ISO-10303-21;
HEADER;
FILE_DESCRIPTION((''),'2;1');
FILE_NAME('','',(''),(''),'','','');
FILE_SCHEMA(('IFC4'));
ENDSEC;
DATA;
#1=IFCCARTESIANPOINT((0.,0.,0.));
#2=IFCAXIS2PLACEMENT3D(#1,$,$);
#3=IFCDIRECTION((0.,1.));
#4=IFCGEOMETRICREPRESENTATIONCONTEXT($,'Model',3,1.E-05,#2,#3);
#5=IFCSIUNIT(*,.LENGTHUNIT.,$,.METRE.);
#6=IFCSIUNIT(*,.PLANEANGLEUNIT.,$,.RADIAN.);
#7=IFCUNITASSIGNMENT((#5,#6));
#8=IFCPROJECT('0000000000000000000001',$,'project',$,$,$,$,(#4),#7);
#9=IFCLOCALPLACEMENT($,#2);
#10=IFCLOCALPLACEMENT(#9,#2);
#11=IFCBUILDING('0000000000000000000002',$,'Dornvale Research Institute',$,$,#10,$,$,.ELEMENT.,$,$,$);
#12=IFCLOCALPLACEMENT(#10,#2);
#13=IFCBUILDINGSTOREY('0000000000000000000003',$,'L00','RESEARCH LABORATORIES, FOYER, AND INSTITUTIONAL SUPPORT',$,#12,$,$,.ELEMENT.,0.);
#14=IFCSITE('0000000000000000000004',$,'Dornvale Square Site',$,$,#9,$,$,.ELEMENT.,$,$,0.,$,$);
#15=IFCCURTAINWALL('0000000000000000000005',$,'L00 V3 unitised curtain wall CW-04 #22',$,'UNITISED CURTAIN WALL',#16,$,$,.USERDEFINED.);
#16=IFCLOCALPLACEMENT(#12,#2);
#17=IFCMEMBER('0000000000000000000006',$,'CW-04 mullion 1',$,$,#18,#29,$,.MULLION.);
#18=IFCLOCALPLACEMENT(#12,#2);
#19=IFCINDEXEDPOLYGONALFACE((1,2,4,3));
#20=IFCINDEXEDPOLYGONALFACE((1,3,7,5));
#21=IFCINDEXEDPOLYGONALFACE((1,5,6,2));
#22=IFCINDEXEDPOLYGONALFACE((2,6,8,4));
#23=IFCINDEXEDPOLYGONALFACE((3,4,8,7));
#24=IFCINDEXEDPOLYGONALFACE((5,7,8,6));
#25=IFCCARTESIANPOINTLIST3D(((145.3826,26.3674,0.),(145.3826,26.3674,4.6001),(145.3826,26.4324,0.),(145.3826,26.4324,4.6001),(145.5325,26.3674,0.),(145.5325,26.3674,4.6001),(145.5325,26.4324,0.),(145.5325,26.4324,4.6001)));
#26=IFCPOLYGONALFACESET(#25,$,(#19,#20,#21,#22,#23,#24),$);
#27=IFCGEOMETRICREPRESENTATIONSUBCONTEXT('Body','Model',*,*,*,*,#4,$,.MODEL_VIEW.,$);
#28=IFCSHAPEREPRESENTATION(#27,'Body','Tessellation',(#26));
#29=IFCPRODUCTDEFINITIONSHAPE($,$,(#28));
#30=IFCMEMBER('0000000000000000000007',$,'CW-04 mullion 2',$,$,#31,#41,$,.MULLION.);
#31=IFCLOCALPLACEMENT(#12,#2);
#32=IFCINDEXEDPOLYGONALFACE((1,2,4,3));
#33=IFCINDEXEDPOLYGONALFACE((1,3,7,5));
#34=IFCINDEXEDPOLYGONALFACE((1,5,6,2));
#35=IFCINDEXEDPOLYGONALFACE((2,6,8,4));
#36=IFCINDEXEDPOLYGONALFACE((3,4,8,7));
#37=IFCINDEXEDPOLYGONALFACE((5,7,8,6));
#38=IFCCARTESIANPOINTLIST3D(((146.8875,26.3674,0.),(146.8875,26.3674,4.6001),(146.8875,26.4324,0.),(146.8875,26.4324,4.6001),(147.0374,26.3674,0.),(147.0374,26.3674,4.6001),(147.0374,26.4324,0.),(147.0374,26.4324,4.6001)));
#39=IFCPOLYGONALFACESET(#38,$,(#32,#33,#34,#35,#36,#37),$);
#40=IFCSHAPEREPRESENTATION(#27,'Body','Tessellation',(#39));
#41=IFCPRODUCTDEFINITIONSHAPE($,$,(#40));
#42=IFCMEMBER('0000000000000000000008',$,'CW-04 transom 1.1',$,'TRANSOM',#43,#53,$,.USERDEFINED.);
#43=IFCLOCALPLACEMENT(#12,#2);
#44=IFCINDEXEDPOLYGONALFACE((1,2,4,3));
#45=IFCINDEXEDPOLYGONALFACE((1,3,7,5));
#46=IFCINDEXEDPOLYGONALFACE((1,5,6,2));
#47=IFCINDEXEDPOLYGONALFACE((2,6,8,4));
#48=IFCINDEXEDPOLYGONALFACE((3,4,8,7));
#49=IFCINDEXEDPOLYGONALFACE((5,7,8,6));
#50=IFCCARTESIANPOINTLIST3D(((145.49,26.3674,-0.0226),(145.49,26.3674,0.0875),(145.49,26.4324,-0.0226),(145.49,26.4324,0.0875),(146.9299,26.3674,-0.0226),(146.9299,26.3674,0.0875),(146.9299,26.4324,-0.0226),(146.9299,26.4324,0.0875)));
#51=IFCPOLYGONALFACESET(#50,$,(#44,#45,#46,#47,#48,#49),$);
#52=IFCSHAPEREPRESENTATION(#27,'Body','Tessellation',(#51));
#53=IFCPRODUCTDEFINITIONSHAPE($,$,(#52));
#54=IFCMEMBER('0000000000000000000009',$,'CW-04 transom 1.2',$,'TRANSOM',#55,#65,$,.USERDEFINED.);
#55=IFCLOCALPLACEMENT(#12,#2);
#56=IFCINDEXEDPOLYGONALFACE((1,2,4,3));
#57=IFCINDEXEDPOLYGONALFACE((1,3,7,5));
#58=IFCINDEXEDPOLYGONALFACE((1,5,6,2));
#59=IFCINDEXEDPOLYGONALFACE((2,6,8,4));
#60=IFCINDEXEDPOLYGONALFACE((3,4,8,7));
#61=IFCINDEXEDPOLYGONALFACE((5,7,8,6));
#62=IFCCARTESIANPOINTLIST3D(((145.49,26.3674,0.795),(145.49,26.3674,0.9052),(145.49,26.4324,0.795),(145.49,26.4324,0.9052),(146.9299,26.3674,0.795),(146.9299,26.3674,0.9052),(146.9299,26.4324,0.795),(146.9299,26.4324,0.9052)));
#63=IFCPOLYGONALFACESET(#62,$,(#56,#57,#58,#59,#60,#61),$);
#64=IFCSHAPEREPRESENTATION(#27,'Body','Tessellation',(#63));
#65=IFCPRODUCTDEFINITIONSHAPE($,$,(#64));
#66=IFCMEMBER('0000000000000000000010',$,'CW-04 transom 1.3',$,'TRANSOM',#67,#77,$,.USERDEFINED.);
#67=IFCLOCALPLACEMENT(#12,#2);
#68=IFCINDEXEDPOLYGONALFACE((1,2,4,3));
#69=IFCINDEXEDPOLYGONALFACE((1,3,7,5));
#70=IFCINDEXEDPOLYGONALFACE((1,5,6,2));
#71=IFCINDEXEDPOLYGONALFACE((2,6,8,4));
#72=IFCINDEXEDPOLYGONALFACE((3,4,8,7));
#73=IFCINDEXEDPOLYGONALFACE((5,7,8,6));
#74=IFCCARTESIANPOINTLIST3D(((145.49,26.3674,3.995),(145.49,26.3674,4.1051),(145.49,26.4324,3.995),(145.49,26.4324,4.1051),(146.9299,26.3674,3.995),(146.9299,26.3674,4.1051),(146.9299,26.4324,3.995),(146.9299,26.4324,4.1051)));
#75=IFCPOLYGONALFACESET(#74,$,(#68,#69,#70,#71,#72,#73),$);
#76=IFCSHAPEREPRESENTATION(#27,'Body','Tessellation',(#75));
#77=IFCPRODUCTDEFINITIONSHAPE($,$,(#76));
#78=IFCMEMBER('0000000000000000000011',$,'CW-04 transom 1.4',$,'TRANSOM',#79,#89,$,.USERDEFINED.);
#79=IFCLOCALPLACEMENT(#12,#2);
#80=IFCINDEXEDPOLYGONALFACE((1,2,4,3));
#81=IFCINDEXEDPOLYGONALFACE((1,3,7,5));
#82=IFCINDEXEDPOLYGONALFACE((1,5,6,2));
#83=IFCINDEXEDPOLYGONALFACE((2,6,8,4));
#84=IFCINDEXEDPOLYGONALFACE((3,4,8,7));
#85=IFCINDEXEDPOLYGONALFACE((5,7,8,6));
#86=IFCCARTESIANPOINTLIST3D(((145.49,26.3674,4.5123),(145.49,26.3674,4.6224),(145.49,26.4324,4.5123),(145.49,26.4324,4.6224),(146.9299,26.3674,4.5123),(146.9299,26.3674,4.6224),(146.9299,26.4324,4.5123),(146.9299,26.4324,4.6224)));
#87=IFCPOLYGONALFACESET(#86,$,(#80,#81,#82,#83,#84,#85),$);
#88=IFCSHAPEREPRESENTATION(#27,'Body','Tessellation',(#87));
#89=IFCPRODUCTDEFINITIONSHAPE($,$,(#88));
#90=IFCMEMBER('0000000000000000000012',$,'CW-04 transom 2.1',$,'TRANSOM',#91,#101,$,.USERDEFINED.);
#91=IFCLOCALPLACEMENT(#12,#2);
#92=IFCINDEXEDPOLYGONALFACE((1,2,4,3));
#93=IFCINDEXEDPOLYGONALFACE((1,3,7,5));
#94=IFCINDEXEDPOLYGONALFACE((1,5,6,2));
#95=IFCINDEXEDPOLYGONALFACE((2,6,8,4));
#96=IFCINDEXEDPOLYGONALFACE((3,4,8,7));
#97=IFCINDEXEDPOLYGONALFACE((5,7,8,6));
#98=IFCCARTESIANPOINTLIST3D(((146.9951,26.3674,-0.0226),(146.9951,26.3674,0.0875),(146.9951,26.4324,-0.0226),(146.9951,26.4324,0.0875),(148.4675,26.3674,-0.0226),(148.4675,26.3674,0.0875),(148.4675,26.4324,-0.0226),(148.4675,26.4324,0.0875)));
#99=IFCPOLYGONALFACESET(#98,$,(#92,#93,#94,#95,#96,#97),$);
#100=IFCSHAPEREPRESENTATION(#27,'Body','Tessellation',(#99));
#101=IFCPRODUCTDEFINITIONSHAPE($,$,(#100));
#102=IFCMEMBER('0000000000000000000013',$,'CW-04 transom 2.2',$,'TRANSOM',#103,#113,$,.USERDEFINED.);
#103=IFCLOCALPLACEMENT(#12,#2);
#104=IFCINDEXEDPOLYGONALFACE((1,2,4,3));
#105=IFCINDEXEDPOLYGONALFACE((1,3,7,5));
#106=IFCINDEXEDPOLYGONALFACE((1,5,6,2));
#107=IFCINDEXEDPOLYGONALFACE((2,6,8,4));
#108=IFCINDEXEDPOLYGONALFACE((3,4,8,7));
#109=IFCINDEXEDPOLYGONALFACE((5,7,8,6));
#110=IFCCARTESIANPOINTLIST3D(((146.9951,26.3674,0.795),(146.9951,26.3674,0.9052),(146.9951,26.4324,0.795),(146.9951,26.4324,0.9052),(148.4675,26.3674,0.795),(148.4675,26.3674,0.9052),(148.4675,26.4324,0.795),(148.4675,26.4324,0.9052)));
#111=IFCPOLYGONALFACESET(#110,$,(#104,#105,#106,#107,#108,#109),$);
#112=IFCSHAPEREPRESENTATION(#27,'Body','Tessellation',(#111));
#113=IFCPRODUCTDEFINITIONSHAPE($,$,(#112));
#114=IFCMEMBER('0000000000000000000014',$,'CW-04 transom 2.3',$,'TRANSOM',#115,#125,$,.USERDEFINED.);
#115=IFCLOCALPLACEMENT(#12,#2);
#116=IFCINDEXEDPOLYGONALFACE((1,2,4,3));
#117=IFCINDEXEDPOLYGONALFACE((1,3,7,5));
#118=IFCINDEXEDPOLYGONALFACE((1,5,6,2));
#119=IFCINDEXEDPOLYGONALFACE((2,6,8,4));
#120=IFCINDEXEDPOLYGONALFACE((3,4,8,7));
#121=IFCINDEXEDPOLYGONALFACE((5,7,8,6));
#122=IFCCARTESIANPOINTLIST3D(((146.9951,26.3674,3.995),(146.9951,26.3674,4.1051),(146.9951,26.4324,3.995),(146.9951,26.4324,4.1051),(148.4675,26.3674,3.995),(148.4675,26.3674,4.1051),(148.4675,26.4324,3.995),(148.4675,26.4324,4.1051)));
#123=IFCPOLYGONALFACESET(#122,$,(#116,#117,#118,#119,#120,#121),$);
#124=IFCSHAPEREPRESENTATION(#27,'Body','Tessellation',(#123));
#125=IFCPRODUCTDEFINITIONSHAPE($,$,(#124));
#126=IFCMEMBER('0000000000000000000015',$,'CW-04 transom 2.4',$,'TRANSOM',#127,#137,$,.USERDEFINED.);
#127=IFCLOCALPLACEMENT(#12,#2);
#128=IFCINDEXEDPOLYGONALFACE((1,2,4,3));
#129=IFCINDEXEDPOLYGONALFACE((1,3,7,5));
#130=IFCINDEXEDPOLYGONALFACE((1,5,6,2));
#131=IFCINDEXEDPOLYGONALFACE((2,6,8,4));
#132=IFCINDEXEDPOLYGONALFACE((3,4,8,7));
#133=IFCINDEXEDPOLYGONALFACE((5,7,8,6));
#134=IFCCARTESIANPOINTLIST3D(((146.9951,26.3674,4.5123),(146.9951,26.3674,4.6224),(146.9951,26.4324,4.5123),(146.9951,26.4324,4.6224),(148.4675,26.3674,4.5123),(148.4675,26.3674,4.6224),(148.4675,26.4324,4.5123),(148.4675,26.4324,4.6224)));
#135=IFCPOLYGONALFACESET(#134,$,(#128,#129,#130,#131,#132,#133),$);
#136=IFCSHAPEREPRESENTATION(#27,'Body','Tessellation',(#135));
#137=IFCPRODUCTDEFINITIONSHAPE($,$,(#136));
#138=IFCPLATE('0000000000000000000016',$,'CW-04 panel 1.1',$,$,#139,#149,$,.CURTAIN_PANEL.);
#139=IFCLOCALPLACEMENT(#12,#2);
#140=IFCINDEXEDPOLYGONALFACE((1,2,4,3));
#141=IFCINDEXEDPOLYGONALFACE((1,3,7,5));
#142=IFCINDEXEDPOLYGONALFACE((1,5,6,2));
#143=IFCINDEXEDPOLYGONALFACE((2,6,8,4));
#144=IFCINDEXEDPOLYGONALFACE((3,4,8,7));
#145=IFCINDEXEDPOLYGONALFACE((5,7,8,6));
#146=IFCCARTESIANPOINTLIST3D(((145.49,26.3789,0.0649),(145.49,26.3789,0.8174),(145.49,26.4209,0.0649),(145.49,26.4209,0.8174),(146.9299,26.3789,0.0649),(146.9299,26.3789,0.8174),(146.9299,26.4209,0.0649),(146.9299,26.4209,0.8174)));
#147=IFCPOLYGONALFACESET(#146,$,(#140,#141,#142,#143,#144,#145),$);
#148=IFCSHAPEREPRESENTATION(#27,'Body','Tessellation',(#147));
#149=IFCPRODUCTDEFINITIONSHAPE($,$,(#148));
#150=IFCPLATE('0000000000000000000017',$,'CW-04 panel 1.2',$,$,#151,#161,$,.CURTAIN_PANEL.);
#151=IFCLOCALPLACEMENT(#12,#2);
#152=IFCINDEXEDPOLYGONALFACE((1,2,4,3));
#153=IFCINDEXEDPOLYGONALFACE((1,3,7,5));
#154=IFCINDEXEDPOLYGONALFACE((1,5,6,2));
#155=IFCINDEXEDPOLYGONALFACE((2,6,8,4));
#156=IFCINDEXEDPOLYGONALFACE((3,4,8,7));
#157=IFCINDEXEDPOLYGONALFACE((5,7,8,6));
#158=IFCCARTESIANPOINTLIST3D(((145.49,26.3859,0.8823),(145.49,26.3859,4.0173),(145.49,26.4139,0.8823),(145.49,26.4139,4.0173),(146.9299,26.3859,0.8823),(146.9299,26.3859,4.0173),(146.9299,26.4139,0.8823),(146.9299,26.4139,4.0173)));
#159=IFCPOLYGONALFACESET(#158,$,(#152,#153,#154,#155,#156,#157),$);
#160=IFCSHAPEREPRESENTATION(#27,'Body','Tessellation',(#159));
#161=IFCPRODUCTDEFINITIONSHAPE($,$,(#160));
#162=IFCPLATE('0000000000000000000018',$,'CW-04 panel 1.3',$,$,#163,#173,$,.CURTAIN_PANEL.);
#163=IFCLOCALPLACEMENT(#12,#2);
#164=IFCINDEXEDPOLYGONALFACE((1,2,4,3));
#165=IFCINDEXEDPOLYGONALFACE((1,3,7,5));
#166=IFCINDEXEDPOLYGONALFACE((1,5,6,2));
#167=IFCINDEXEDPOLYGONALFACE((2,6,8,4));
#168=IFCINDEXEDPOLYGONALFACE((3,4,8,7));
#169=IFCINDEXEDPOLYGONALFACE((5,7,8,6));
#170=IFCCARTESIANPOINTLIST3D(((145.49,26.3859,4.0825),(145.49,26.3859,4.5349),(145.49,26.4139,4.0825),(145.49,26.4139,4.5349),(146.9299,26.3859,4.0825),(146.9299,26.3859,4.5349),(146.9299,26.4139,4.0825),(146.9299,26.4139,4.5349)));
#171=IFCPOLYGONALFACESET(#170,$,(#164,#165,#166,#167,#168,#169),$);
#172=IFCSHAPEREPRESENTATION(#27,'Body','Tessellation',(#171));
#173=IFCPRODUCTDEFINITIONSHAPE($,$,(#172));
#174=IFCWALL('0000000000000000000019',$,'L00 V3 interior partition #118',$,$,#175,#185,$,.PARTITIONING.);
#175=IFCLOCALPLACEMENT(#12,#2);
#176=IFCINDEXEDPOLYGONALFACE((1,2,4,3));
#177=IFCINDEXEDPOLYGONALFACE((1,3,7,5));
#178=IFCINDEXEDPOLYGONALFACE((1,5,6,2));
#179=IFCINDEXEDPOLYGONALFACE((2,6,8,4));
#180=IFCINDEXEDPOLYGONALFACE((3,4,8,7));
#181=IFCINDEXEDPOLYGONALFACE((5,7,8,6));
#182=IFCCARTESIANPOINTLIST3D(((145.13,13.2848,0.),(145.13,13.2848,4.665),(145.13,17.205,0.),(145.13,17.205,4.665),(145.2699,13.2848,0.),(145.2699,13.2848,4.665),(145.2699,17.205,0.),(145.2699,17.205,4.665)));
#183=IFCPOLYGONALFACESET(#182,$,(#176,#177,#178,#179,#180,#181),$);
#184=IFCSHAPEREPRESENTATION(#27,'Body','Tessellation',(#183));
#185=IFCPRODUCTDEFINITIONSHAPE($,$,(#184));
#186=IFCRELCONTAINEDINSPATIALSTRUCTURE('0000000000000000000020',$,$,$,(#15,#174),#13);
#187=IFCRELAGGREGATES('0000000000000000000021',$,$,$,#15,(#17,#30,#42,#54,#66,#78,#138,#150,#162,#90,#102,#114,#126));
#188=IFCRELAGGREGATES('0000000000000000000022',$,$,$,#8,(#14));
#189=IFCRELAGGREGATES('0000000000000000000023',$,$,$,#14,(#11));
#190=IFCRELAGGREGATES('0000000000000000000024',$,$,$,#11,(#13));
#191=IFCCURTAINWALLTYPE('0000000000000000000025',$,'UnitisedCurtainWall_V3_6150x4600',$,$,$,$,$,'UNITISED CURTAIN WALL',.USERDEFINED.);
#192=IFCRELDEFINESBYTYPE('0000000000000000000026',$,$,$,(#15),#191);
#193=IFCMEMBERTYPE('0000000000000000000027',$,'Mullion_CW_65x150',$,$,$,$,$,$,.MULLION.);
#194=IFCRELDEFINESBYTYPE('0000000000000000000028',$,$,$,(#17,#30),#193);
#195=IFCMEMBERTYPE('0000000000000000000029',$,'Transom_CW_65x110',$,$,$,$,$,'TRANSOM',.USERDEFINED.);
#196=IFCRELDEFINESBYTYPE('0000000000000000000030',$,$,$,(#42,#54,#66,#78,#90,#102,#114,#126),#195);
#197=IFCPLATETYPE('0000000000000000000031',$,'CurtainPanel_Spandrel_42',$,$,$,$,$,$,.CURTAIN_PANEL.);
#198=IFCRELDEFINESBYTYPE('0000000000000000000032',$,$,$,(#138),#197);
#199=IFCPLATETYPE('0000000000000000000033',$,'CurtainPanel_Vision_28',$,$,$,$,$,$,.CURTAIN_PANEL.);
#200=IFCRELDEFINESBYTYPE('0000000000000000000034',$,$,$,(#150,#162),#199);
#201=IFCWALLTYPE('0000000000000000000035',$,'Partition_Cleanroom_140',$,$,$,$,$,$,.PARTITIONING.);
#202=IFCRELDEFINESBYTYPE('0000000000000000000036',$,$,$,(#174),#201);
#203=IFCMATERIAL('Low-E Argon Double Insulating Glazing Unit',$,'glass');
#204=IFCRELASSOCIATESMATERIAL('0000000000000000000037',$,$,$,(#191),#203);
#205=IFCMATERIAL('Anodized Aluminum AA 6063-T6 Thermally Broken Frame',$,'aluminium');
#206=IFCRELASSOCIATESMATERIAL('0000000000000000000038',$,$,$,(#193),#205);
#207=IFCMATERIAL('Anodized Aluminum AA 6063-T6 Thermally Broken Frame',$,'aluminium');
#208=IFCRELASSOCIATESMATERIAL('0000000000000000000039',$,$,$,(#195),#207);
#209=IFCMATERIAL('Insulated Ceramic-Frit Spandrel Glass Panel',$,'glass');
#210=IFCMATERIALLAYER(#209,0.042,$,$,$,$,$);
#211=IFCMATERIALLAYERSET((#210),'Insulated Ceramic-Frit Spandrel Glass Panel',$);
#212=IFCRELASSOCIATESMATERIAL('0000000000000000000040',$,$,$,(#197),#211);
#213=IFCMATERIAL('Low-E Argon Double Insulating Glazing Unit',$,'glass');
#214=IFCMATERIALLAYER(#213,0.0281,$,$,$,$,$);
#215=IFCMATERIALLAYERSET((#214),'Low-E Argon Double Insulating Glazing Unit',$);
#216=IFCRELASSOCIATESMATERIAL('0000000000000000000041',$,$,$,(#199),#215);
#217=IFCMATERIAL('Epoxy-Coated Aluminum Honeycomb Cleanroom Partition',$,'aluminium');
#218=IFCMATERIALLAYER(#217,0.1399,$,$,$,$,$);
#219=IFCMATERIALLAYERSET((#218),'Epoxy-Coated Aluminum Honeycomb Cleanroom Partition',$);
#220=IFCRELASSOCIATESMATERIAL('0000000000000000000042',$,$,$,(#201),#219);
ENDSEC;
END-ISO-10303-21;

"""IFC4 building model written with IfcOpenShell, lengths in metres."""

from ifc_helpers import new_model, si_unit, direction, frame, frame_2d, origin, origin_2d, place, context, subcontext, project, spatial, rectangle, extrude, material, layer, layer_set, material_profile, profile_set, type_object, element, aggregate, save


model = new_model("IFC4")

# Units and contexts
model_context = context("Model", 3, precision=1e-05, world=origin(), true_north=direction((0.0, 1.0)))
body_context = subcontext(model_context, "Body", "Model", "MODEL_VIEW")
ifc_project = project(units=[si_unit("LENGTHUNIT", "METRE"), si_unit("PLANEANGLEUNIT", "RADIAN")], contexts=[model_context])

# Site, building, storey
site_placement = place(None, origin())
site = spatial("IfcSite", under=ifc_project, at=site_placement, Name="Dornvale Square Site", CompositionType="ELEMENT", RefElevation=0.0)
building_placement = place(site_placement, origin())
building = spatial("IfcBuilding", under=site, at=building_placement, Name="Dornvale Research Institute", CompositionType="ELEMENT")
storey_placement = place(building_placement, origin())
storey = spatial("IfcBuildingStorey", under=building, at=storey_placement, Name="L00", Description="RESEARCH LABORATORIES, FOYER, AND INSTITUTIONAL SUPPORT", CompositionType="ELEMENT", Elevation=0.0)

# Shared definitions
ifc_material_1 = material(Name="Low-E Argon Double Insulating Glazing Unit", Category="glass")
curtain_wall_type = type_object("IfcCurtainWallType", Name="UnitisedCurtainWall_V3_6150x4600", ElementType="UNITISED CURTAIN WALL", PredefinedType="USERDEFINED", material=ifc_material_1)
ifc_material_2 = material(Name="Anodized Aluminum AA 6063-T6 Thermally Broken Frame", Category="aluminium")
ifc_material_profile_1 = material_profile(ifc_material_2, rectangle(XDim=0.0649, YDim=0.1499, at=origin_2d()), Name="ALU MULLION 65x150")
ifc_profile_set_1 = profile_set([ifc_material_profile_1], Name="Anodized Aluminum AA 6063-T6 Thermally Broken Frame")
member_type_1 = type_object("IfcMemberType", Name="Mullion_CW_65x150", PredefinedType="MULLION", material=ifc_profile_set_1)

# Curtain wall, members, plates
curtain_wall_1_placement = place(storey_placement, origin())
curtain_wall_1 = element("IfcCurtainWall", 1, at=curtain_wall_1_placement, inside=storey, type_object=curtain_wall_type, Name="L00 V3 unitised curtain wall CW-04 #22", ObjectType="UNITISED CURTAIN WALL", PredefinedType="USERDEFINED")
member_1_placement = place(storey_placement, frame((145.4575, 26.3999, 0.0), z_axis=(0.0, 0.0, 1.0), x_axis=(0.0, 1.0, 0.0)))
member_1 = element("IfcMember", 2, at=member_1_placement, type_object=member_type_1, Name="CW-04 mullion 1", PredefinedType="MULLION", context=body_context, shape_type="SweptSolid", body=[
    extrude(rectangle(XDim=0.0649, YDim=0.1499, at=origin_2d()), origin(), (0.0, 0.0, 1.0), 4.6001),
])
member_2_placement = place(storey_placement, frame((146.9624, 26.3999, 0.0), z_axis=(0.0, 0.0, 1.0), x_axis=(0.0, 1.0, 0.0)))
member_2 = element("IfcMember", 3, at=member_2_placement, type_object=member_type_1, Name="CW-04 mullion 2", PredefinedType="MULLION", context=body_context, shape_type="SweptSolid", body=[
    extrude(rectangle(XDim=0.0649, YDim=0.1499, at=origin_2d()), origin(), (0.0, 0.0, 1.0), 4.6001),
])
ifc_material_3 = material(Name="Anodized Aluminum AA 6063-T6 Thermally Broken Frame", Category="aluminium")
ifc_material_profile_2 = material_profile(ifc_material_3, rectangle(XDim=0.0649, YDim=0.1101, at=origin_2d()), Name="ALU TRANSOM 65x110")
ifc_profile_set_2 = profile_set([ifc_material_profile_2], Name="Anodized Aluminum AA 6063-T6 Thermally Broken Frame")
member_type_2 = type_object("IfcMemberType", Name="Transom_CW_65x110", ElementType="TRANSOM", PredefinedType="USERDEFINED", material=ifc_profile_set_2)
member_3_placement = place(storey_placement, frame((145.49, 26.3999, 0.0325), z_axis=(1.0, 0.0, 0.0), x_axis=(0.0, 1.0, 0.0)))
member_3 = element("IfcMember", 4, at=member_3_placement, type_object=member_type_2, Name="CW-04 transom 1.1", ObjectType="TRANSOM", PredefinedType="USERDEFINED", context=body_context, shape_type="SweptSolid", body=[
    extrude(rectangle(XDim=0.0649, YDim=0.1101, at=origin_2d()), origin(), (0.0, 0.0, 1.0), 1.4399),
])
member_4_placement = place(storey_placement, frame((145.49, 26.3999, 0.8501), z_axis=(1.0, 0.0, 0.0), x_axis=(0.0, 1.0, 0.0)))
member_4 = element("IfcMember", 5, at=member_4_placement, type_object=member_type_2, Name="CW-04 transom 1.2", ObjectType="TRANSOM", PredefinedType="USERDEFINED", context=body_context, shape_type="SweptSolid", body=[
    extrude(rectangle(XDim=0.0649, YDim=0.1101, at=origin_2d()), origin(), (0.0, 0.0, 1.0), 1.4399),
])
member_5_placement = place(storey_placement, frame((145.49, 26.3999, 4.05), z_axis=(1.0, 0.0, 0.0), x_axis=(0.0, 1.0, 0.0)))
member_5 = element("IfcMember", 6, at=member_5_placement, type_object=member_type_2, Name="CW-04 transom 1.3", ObjectType="TRANSOM", PredefinedType="USERDEFINED", context=body_context, shape_type="SweptSolid", body=[
    extrude(rectangle(XDim=0.0649, YDim=0.1101, at=origin_2d()), origin(), (0.0, 0.0, 1.0), 1.4399),
])
member_6_placement = place(storey_placement, frame((145.49, 26.3999, 4.5674), z_axis=(1.0, 0.0, 0.0), x_axis=(0.0, 1.0, 0.0)))
member_6 = element("IfcMember", 7, at=member_6_placement, type_object=member_type_2, Name="CW-04 transom 1.4", ObjectType="TRANSOM", PredefinedType="USERDEFINED", context=body_context, shape_type="SweptSolid", body=[
    extrude(rectangle(XDim=0.0649, YDim=0.1101, at=origin_2d()), origin(), (0.0, 0.0, 1.0), 1.4399),
])
member_7_placement = place(storey_placement, frame((146.9951, 26.3999, 0.0325), z_axis=(1.0, 0.0, 0.0), x_axis=(0.0, 1.0, 0.0)))
member_7 = element("IfcMember", 8, at=member_7_placement, type_object=member_type_2, Name="CW-04 transom 2.1", ObjectType="TRANSOM", PredefinedType="USERDEFINED", context=body_context, shape_type="SweptSolid", body=[
    extrude(rectangle(XDim=0.0649, YDim=0.1101, at=origin_2d()), origin(), (0.0, 0.0, 1.0), 1.4724),
])
member_8_placement = place(storey_placement, frame((146.9951, 26.3999, 0.8501), z_axis=(1.0, 0.0, 0.0), x_axis=(0.0, 1.0, 0.0)))
member_8 = element("IfcMember", 9, at=member_8_placement, type_object=member_type_2, Name="CW-04 transom 2.2", ObjectType="TRANSOM", PredefinedType="USERDEFINED", context=body_context, shape_type="SweptSolid", body=[
    extrude(rectangle(XDim=0.0649, YDim=0.1101, at=origin_2d()), origin(), (0.0, 0.0, 1.0), 1.4724),
])
member_9_placement = place(storey_placement, frame((146.9951, 26.3999, 4.05), z_axis=(1.0, 0.0, 0.0), x_axis=(0.0, 1.0, 0.0)))
member_9 = element("IfcMember", 10, at=member_9_placement, type_object=member_type_2, Name="CW-04 transom 2.3", ObjectType="TRANSOM", PredefinedType="USERDEFINED", context=body_context, shape_type="SweptSolid", body=[
    extrude(rectangle(XDim=0.0649, YDim=0.1101, at=origin_2d()), origin(), (0.0, 0.0, 1.0), 1.4724),
])
member_10_placement = place(storey_placement, frame((146.9951, 26.3999, 4.5674), z_axis=(1.0, 0.0, 0.0), x_axis=(0.0, 1.0, 0.0)))
member_10 = element("IfcMember", 11, at=member_10_placement, type_object=member_type_2, Name="CW-04 transom 2.4", ObjectType="TRANSOM", PredefinedType="USERDEFINED", context=body_context, shape_type="SweptSolid", body=[
    extrude(rectangle(XDim=0.0649, YDim=0.1101, at=origin_2d()), origin(), (0.0, 0.0, 1.0), 1.4724),
])
ifc_material_4 = material(Name="Insulated Ceramic-Frit Spandrel Glass Panel", Category="glass")
ifc_layer_1 = layer(ifc_material_4, 0.042)
ifc_layer_set_1 = layer_set([ifc_layer_1], Name="Insulated Ceramic-Frit Spandrel Glass Panel")
plate_type_1 = type_object("IfcPlateType", Name="CurtainPanel_Spandrel_42", PredefinedType="CURTAIN_PANEL", material=ifc_layer_set_1)
plate_1_placement = place(storey_placement, frame((146.21, 26.3999, 0.0649), z_axis=(0.0, 0.0, 1.0), x_axis=(1.0, 0.0, 0.0)))
plate_1 = element("IfcPlate", 12, at=plate_1_placement, type_object=plate_type_1, Name="CW-04 panel 1.1", PredefinedType="CURTAIN_PANEL", context=body_context, shape_type="SweptSolid", body=[
    extrude(rectangle(XDim=1.4399, YDim=0.042, at=origin_2d()), origin(), (0.0, 0.0, 1.0), 0.7524),
])
ifc_material_5 = material(Name="Low-E Argon Double Insulating Glazing Unit", Category="glass")
ifc_layer_2 = layer(ifc_material_5, 0.0281)
ifc_layer_set_2 = layer_set([ifc_layer_2], Name="Low-E Argon Double Insulating Glazing Unit")
plate_type_2 = type_object("IfcPlateType", Name="CurtainPanel_Vision_28", PredefinedType="CURTAIN_PANEL", material=ifc_layer_set_2)
plate_2_placement = place(storey_placement, frame((146.21, 26.3999, 0.8823), z_axis=(0.0, 0.0, 1.0), x_axis=(1.0, 0.0, 0.0)))
plate_2 = element("IfcPlate", 13, at=plate_2_placement, type_object=plate_type_2, Name="CW-04 panel 1.2", PredefinedType="CURTAIN_PANEL", context=body_context, shape_type="SweptSolid", body=[
    extrude(rectangle(XDim=1.4399, YDim=0.0281, at=origin_2d()), origin(), (0.0, 0.0, 1.0), 3.135),
])
plate_3_placement = place(storey_placement, frame((146.21, 26.3999, 4.0825), z_axis=(0.0, 0.0, 1.0), x_axis=(1.0, 0.0, 0.0)))
plate_3 = element("IfcPlate", 14, at=plate_3_placement, type_object=plate_type_2, Name="CW-04 panel 1.3", PredefinedType="CURTAIN_PANEL", context=body_context, shape_type="SweptSolid", body=[
    extrude(rectangle(XDim=1.4399, YDim=0.0281, at=origin_2d()), origin(), (0.0, 0.0, 1.0), 0.4524),
])
aggregate(curtain_wall_1, [member_1, member_2, member_3, member_4, member_5, member_6, plate_1, plate_2, plate_3, member_7, member_8, member_9, member_10])

# Wall
ifc_material_6 = material(Name="Epoxy-Coated Aluminum Honeycomb Cleanroom Partition", Category="aluminium")
ifc_layer_3 = layer(ifc_material_6, 0.1399)
ifc_layer_set_3 = layer_set([ifc_layer_3], Name="Epoxy-Coated Aluminum Honeycomb Cleanroom Partition")
wall_type_1 = type_object("IfcWallType", Name="Partition_Cleanroom_140", PredefinedType="PARTITIONING", material=ifc_layer_set_3)
wall_1_placement = place(storey_placement, frame((145.2, 13.2849, 0.0), z_axis=(0.0, 0.0, 1.0), x_axis=(0.0, 1.0, 0.0)))
element("IfcWall", 15, at=wall_1_placement, inside=storey, type_object=wall_type_1, Name="L00 V3 interior partition #118", PredefinedType="PARTITIONING", context=body_context, shape_type="SweptSolid", body=[
    extrude(rectangle(XDim=3.9202, YDim=0.1399, at=frame_2d((1.96, 0.0))), origin(), (0.0, 0.0, 1.0), 4.665),
])

save(model, "model.ifc")
